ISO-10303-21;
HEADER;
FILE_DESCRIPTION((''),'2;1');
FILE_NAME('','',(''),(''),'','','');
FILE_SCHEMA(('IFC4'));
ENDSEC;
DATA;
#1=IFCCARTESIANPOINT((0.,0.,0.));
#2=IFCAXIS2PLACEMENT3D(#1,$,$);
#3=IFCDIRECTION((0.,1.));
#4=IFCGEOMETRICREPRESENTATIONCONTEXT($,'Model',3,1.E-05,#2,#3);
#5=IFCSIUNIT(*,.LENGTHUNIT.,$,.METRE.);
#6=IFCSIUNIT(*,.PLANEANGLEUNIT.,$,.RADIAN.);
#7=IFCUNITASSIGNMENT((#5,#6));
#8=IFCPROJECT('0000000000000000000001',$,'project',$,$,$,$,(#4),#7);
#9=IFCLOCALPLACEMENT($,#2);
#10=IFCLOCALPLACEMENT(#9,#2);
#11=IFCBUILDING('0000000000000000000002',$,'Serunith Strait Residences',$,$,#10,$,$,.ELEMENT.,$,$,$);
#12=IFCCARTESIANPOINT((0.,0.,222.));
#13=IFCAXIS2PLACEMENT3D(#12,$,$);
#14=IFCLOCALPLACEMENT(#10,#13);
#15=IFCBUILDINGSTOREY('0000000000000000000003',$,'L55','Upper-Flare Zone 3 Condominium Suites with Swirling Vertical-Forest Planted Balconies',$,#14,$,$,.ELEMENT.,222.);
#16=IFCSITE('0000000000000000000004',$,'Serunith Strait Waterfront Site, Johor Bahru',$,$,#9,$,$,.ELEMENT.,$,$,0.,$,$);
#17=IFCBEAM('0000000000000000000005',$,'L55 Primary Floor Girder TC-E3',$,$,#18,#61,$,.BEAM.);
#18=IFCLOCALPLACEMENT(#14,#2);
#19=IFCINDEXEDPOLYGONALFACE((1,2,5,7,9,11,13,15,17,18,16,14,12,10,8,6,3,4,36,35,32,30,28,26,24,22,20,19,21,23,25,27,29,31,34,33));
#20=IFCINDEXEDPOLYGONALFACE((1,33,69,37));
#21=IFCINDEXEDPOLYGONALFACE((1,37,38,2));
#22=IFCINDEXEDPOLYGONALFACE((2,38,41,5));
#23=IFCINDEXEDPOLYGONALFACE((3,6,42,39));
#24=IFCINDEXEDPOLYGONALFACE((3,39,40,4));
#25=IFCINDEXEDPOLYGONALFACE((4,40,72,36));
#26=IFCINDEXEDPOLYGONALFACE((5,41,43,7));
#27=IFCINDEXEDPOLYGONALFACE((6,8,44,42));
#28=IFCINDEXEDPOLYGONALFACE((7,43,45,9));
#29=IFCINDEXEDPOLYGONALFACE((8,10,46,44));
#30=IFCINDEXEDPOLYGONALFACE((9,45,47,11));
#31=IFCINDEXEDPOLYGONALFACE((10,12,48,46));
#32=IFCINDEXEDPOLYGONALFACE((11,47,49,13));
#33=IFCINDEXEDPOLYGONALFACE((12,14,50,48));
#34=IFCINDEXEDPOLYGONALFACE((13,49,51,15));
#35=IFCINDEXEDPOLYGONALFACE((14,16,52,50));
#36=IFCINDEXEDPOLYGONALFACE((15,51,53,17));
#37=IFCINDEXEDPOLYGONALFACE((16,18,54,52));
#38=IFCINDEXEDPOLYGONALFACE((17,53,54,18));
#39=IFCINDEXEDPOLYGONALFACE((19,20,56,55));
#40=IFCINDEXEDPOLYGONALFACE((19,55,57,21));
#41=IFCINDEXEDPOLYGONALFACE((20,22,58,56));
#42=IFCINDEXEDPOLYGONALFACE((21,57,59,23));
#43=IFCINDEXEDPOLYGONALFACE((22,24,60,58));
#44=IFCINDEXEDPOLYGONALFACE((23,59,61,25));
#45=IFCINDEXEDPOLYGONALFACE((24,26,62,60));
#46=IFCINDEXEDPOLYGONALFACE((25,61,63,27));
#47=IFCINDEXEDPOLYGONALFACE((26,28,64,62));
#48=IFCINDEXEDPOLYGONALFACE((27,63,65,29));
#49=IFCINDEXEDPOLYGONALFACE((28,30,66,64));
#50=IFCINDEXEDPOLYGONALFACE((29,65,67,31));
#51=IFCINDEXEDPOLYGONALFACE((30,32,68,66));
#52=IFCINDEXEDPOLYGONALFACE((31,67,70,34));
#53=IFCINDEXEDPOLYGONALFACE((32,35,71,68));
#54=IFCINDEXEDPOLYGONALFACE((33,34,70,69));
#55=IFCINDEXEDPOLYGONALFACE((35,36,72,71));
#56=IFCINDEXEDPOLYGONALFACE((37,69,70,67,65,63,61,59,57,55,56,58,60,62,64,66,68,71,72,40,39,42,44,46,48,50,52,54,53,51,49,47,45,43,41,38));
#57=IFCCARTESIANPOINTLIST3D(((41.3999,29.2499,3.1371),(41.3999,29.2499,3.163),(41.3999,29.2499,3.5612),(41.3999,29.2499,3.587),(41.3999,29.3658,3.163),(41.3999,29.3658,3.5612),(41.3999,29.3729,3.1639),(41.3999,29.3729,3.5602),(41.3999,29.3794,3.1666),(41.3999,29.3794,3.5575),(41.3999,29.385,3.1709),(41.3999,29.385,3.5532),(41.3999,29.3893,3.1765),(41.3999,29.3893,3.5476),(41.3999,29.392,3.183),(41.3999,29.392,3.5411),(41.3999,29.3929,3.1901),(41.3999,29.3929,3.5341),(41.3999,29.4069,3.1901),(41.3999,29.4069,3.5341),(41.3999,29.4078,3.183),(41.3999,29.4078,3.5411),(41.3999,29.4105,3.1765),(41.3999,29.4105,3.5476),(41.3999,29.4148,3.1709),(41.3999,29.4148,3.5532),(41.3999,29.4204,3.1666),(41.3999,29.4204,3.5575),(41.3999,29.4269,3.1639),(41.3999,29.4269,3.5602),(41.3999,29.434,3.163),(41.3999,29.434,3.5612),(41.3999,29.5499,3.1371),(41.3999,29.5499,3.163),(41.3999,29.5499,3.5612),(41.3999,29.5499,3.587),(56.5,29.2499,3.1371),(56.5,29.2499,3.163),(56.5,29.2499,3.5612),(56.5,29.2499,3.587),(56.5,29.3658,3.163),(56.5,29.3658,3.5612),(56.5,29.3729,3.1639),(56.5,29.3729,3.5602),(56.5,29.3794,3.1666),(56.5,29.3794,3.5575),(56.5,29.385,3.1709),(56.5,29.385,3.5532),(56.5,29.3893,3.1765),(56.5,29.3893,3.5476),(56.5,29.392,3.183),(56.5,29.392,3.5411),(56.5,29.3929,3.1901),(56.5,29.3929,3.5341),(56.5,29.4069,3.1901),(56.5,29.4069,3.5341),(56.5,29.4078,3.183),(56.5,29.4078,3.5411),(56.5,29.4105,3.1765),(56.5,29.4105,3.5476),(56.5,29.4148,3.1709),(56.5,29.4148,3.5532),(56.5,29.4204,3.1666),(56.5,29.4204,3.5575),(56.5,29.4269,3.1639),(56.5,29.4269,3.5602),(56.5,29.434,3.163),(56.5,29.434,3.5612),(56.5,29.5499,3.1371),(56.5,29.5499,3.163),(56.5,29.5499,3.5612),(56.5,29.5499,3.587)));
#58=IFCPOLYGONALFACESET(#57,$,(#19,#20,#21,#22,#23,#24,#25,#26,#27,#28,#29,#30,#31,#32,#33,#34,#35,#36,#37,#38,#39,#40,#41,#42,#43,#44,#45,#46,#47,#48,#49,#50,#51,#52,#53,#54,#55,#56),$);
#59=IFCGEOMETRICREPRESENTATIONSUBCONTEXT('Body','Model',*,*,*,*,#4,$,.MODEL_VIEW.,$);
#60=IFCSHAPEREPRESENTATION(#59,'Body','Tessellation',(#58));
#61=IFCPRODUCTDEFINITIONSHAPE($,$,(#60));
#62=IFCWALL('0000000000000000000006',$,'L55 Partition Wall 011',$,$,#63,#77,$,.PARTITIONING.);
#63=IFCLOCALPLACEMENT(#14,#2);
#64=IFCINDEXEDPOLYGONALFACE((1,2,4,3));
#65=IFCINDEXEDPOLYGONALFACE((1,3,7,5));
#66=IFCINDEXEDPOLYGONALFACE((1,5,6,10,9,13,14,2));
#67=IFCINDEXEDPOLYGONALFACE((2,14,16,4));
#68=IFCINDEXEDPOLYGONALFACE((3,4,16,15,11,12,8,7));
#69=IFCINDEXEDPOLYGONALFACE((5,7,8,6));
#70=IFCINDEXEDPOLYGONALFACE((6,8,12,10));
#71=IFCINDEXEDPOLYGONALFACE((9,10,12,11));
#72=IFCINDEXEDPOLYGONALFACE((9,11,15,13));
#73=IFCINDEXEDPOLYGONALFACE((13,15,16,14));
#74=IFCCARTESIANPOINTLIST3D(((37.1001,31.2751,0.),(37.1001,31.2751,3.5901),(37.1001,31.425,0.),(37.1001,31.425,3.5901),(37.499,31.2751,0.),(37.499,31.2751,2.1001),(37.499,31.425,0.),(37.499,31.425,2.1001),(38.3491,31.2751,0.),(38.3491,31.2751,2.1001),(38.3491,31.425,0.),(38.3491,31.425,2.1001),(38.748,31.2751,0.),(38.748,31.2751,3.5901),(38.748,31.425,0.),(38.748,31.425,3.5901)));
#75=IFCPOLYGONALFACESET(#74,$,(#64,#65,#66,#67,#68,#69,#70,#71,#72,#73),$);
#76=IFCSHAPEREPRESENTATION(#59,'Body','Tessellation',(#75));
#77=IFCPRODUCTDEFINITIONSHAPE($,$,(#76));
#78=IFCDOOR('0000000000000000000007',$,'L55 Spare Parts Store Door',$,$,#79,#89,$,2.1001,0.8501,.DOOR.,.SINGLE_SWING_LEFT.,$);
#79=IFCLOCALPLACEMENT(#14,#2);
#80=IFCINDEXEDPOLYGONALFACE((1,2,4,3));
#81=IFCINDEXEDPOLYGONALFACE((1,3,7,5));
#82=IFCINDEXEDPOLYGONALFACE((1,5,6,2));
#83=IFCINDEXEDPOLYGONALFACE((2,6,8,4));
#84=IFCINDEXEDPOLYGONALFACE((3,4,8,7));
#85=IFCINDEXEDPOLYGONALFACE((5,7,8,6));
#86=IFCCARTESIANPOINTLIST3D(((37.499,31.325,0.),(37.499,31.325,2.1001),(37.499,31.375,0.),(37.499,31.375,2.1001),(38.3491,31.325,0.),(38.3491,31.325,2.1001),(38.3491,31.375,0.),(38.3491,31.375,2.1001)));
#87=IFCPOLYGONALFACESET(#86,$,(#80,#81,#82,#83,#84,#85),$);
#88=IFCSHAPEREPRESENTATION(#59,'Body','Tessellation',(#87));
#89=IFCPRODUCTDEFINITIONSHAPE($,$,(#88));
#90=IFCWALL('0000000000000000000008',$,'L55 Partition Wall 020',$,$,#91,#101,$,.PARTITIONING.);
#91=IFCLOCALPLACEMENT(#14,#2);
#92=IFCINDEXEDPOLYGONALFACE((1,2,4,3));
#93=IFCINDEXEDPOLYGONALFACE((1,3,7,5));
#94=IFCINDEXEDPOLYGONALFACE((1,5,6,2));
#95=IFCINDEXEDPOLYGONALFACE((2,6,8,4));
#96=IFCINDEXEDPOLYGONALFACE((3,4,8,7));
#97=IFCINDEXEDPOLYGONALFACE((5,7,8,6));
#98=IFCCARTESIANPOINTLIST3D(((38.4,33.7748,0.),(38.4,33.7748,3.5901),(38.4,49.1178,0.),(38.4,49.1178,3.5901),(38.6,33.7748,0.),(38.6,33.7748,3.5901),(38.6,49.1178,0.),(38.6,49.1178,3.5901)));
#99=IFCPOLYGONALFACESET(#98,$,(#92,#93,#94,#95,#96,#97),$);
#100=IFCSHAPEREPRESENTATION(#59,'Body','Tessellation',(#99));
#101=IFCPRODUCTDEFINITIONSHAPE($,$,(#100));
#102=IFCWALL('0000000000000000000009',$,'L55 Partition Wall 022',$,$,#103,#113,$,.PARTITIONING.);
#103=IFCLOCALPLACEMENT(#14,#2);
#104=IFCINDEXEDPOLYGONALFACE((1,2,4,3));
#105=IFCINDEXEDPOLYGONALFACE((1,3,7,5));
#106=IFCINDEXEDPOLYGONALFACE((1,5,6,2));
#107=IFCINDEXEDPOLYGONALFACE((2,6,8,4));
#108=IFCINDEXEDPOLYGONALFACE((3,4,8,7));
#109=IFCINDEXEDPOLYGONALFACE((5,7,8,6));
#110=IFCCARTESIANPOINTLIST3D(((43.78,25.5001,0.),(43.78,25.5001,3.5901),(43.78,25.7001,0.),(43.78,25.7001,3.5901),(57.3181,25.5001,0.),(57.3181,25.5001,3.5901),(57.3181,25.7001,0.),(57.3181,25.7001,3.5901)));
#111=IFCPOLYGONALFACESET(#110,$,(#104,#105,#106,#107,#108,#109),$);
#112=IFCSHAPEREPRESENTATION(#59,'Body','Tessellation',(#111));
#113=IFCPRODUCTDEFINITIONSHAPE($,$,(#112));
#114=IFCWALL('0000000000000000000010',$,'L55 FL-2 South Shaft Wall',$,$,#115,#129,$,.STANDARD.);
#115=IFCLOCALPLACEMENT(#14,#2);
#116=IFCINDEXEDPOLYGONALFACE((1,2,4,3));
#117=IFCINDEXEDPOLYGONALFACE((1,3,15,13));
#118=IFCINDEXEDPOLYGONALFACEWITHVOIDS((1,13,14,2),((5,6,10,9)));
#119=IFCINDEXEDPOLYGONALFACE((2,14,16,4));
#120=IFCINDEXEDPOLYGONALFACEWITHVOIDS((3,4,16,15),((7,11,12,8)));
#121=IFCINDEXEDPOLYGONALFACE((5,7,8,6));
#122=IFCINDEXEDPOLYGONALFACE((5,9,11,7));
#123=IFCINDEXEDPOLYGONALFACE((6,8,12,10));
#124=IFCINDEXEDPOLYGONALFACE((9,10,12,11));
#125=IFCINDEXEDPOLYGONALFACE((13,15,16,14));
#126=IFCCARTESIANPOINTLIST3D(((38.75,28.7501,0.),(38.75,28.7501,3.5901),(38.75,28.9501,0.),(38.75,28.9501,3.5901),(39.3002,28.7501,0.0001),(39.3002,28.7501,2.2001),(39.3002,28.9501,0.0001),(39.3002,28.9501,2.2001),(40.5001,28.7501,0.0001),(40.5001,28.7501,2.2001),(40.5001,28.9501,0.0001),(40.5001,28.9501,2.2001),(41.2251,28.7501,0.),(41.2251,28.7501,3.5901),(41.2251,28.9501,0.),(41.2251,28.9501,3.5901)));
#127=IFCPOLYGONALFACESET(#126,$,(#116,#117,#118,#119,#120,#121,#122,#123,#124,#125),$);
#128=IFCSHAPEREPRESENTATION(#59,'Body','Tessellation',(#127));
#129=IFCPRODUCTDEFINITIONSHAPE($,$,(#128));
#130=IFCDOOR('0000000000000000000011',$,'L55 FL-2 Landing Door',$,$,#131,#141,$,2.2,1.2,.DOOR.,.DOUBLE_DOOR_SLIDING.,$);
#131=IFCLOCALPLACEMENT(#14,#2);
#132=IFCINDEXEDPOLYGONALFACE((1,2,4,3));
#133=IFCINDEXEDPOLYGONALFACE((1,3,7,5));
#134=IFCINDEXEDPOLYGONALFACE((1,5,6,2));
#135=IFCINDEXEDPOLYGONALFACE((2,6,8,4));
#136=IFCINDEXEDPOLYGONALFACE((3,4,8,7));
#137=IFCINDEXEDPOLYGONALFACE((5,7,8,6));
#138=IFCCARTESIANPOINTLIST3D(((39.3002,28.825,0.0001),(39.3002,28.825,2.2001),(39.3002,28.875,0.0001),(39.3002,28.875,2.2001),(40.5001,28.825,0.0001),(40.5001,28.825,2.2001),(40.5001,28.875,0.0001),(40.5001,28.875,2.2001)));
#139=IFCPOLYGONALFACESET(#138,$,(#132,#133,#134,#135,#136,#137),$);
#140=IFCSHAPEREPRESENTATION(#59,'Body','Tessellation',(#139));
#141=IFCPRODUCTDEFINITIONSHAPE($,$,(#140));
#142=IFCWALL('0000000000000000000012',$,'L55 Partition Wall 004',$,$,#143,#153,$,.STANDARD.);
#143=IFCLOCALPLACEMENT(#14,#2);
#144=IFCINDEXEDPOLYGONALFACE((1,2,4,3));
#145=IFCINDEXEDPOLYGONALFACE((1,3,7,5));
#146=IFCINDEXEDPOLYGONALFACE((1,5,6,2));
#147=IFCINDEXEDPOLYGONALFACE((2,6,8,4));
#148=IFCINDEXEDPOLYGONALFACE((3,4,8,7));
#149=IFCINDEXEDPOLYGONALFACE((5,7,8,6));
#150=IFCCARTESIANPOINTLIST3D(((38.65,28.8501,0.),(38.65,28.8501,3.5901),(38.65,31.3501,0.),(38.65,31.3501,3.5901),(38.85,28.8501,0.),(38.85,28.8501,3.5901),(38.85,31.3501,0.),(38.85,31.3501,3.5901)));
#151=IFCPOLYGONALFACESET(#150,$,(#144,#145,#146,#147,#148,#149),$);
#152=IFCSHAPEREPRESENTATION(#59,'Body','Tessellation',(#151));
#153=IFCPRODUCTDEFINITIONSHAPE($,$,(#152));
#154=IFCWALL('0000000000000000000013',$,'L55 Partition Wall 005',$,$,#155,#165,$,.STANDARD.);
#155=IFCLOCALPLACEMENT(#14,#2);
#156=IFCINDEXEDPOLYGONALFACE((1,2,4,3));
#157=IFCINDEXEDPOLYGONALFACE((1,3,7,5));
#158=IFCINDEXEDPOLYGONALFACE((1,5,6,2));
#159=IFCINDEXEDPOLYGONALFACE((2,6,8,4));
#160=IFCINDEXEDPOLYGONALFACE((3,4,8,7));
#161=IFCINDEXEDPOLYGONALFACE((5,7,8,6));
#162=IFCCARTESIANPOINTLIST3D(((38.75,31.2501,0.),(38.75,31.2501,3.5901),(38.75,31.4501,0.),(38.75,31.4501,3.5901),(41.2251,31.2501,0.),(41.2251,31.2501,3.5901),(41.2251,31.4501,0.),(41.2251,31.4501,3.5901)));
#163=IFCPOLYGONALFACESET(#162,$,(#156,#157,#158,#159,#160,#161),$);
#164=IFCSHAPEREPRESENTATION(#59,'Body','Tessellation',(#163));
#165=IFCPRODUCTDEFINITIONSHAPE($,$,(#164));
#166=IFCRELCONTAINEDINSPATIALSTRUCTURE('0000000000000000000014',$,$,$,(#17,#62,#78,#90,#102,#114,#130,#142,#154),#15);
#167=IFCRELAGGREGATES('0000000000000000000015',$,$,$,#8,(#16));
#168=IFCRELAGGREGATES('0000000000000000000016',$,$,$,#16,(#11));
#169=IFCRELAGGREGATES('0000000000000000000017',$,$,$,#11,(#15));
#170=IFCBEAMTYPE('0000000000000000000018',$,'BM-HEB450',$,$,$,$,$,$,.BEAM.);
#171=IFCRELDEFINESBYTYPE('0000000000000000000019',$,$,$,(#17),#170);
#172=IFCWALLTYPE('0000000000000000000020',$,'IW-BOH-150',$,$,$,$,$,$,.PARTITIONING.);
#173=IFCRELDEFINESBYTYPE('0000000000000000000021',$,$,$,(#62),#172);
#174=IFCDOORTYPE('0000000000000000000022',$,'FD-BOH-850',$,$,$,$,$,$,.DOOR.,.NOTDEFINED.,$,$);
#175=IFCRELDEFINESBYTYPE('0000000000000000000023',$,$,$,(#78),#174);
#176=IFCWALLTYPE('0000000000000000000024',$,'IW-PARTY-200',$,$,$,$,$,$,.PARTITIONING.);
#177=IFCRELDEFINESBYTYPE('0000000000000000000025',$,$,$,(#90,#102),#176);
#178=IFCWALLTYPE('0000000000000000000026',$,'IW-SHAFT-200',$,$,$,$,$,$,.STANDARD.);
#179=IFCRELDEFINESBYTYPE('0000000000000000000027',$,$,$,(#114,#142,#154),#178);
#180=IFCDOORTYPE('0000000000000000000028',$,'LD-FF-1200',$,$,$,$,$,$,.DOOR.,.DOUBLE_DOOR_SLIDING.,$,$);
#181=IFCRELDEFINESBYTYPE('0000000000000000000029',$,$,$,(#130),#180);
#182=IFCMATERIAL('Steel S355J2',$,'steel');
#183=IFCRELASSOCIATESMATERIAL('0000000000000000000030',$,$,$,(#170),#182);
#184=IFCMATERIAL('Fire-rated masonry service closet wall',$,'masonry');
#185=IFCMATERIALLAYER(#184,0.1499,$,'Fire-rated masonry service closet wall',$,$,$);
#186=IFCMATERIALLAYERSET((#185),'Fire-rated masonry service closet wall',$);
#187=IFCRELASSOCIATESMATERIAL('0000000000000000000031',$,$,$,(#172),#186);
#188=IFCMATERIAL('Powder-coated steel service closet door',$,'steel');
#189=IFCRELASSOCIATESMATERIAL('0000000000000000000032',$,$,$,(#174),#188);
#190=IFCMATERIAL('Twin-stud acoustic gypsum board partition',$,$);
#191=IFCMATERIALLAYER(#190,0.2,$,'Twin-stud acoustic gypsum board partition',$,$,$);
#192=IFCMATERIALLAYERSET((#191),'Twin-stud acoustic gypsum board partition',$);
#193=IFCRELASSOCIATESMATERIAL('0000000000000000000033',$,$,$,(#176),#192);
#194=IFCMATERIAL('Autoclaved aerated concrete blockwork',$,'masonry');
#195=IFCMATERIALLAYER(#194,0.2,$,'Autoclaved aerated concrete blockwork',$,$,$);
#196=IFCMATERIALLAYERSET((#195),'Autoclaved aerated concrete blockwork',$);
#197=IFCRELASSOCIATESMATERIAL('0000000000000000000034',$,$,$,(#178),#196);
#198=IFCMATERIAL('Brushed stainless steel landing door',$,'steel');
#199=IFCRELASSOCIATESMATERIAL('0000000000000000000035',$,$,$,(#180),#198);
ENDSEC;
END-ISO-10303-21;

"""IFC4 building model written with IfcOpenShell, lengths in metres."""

from ifc_helpers import new_model, si_unit, direction, frame, frame_2d, origin, origin_2d, place, context, subcontext, project, spatial, rectangle, i_section, extrude, source, transform, mapped, material, layer, layer_set, material_profile, profile_set, type_object, element, fill, save


model = new_model("IFC4")

# Units and contexts
model_context = context("Model", 3, precision=1e-05, world=origin(), true_north=direction((0.0, 1.0)))
body_context = subcontext(model_context, "Body", "Model", "MODEL_VIEW")
ifc_project = project(units=[si_unit("LENGTHUNIT", "METRE"), si_unit("PLANEANGLEUNIT", "RADIAN")], contexts=[model_context])

# Site, building, storey
site_placement = place(None, origin())
site = spatial("IfcSite", under=ifc_project, at=site_placement, Name="Serunith Strait Waterfront Site, Johor Bahru", CompositionType="ELEMENT", RefElevation=0.0)
building_placement = place(site_placement, origin())
building = spatial("IfcBuilding", under=site, at=building_placement, Name="Serunith Strait Residences", CompositionType="ELEMENT")
storey_placement = place(building_placement, frame((0.0, 0.0, 222.0)))
storey = spatial("IfcBuildingStorey", under=building, at=storey_placement, Name="L55", Description="Upper-Flare Zone 3 Condominium Suites with Swirling Vertical-Forest Planted Balconies", CompositionType="ELEMENT", Elevation=222.0)

# Beam
ifc_material_1 = material(Name="Steel S355J2", Category="steel")
ifc_material_profile = material_profile(ifc_material_1, i_section(OverallWidth=0.3, OverallDepth=0.45, WebThickness=0.0139, FlangeThickness=0.0259, FilletRadius=0.0271, at=origin_2d()), Name="HEB 450")
ifc_profile_set = profile_set([ifc_material_profile], Name="Steel S355J2")
beam_type = type_object("IfcBeamType", Name="BM-HEB450", PredefinedType="BEAM", material=ifc_profile_set)
shared_shape_1 = source(origin(), body_context, "Body", "SweptSolid", [
    extrude(i_section(OverallWidth=0.3, OverallDepth=0.45, WebThickness=0.0139, FlangeThickness=0.0259, FilletRadius=0.0271, at=origin_2d()), origin(), (0.0, 0.0, 1.0), 15.1001),
])
beam_placement = place(storey_placement, frame((41.3999, 29.3999, 3.3621), z_axis=(1.0, 0.0, 0.0), x_axis=(0.0, 1.0, 0.0)))
element("IfcBeam", 1, at=beam_placement, inside=storey, type_object=beam_type, Name="L55 Primary Floor Girder TC-E3", PredefinedType="BEAM", context=body_context, shape_type="MappedRepresentation", body=[
    mapped(shared_shape_1, transform((0.0, 0.0, 0.0), scale=1.0)),
])

# Wall, opening, door
ifc_material_2 = material(Name="Fire-rated masonry service closet wall", Category="masonry")
ifc_layer_1 = layer(ifc_material_2, 0.1499, Name="Fire-rated masonry service closet wall")
ifc_layer_set_1 = layer_set([ifc_layer_1], Name="Fire-rated masonry service closet wall")
wall_type_1 = type_object("IfcWallType", Name="IW-BOH-150", PredefinedType="PARTITIONING", material=ifc_layer_set_1)
wall_1_placement = place(storey_placement, frame((37.1001, 31.3501, 0.0), z_axis=(0.0, 0.0, 1.0), x_axis=(1.0, 0.0, 0.0)))
wall_1 = element("IfcWall", 2, at=wall_1_placement, inside=storey, type_object=wall_type_1, Name="L55 Partition Wall 011", PredefinedType="PARTITIONING", context=body_context, shape_type="SweptSolid", body=[
    extrude(rectangle(XDim=1.6479, YDim=0.1499, at=frame_2d((0.824, 0.0))), origin(), (0.0, 0.0, 1.0), 3.5901),
])
opening_1_placement = place(wall_1_placement, frame((0.3989, 0.0, 0.0)))
opening_1 = element("IfcOpeningElement", 3, at=opening_1_placement, cuts=wall_1, PredefinedType="OPENING", context=body_context, shape_type="SweptSolid", body=[
    extrude(rectangle(XDim=0.8501, YDim=2.1001, at=frame_2d((0.425, 1.05))), frame((0.0, 0.085, 0.0), z_axis=(0.0, -1.0, 0.0), x_axis=(1.0, 0.0, 0.0)), (0.0, 0.0, 1.0), 0.1699),
])
ifc_material_3 = material(Name="Powder-coated steel service closet door", Category="steel")
door_type_1 = type_object("IfcDoorType", Name="FD-BOH-850", OperationType="NOTDEFINED", PredefinedType="DOOR", material=ifc_material_3)
shared_shape_2 = source(origin(), body_context, "Body", "SweptSolid", [
    extrude(rectangle(XDim=0.8501, YDim=2.1001, at=frame_2d((0.425, 1.05))), frame((0.0, 0.0249, 0.0), z_axis=(0.0, -1.0, 0.0), x_axis=(1.0, 0.0, 0.0)), (0.0, 0.0, 1.0), 0.05),
])
door_1_placement = place(opening_1_placement, origin())
door_1 = element("IfcDoor", 4, at=door_1_placement, inside=storey, type_object=door_type_1, Name="L55 Spare Parts Store Door", OperationType="SINGLE_SWING_LEFT", OverallHeight=2.1001, OverallWidth=0.8501, PredefinedType="DOOR", context=body_context, shape_type="MappedRepresentation", body=[
    mapped(shared_shape_2, transform((0.0, 0.0, 0.0), scale=1.0)),
])
fill(opening_1, door_1)

# Walls
ifc_material_4 = material(Name="Twin-stud acoustic gypsum board partition")
ifc_layer_2 = layer(ifc_material_4, 0.2, Name="Twin-stud acoustic gypsum board partition")
ifc_layer_set_2 = layer_set([ifc_layer_2], Name="Twin-stud acoustic gypsum board partition")
wall_type_2 = type_object("IfcWallType", Name="IW-PARTY-200", PredefinedType="PARTITIONING", material=ifc_layer_set_2)
wall_2_placement = place(storey_placement, frame((38.5, 33.7749, 0.0), z_axis=(0.0, 0.0, 1.0), x_axis=(0.0, 1.0, 0.0)))
element("IfcWall", 5, at=wall_2_placement, inside=storey, type_object=wall_type_2, Name="L55 Partition Wall 020", PredefinedType="PARTITIONING", context=body_context, shape_type="SweptSolid", body=[
    extrude(rectangle(XDim=15.343, YDim=0.2, at=frame_2d((7.6714, 0.0))), origin(), (0.0, 0.0, 1.0), 3.5901),
])
wall_3_placement = place(storey_placement, frame((43.78, 25.6001, 0.0), z_axis=(0.0, 0.0, 1.0), x_axis=(1.0, 0.0, 0.0)))
element("IfcWall", 6, at=wall_3_placement, inside=storey, type_object=wall_type_2, Name="L55 Partition Wall 022", PredefinedType="PARTITIONING", context=body_context, shape_type="SweptSolid", body=[
    extrude(rectangle(XDim=13.5381, YDim=0.2, at=frame_2d((6.769, 0.0))), origin(), (0.0, 0.0, 1.0), 3.5901),
])

# Wall, opening, door
ifc_material_5 = material(Name="Autoclaved aerated concrete blockwork", Category="masonry")
ifc_layer_3 = layer(ifc_material_5, 0.2, Name="Autoclaved aerated concrete blockwork")
ifc_layer_set_3 = layer_set([ifc_layer_3], Name="Autoclaved aerated concrete blockwork")
wall_type_3 = type_object("IfcWallType", Name="IW-SHAFT-200", PredefinedType="STANDARD", material=ifc_layer_set_3)
wall_4_placement = place(storey_placement, frame((38.75, 28.8501, 0.0), z_axis=(0.0, 0.0, 1.0), x_axis=(1.0, 0.0, 0.0)))
wall_4 = element("IfcWall", 7, at=wall_4_placement, inside=storey, type_object=wall_type_3, Name="L55 FL-2 South Shaft Wall", PredefinedType="STANDARD", context=body_context, shape_type="SweptSolid", body=[
    extrude(rectangle(XDim=2.4751, YDim=0.2, at=frame_2d((1.2375, 0.0))), origin(), (0.0, 0.0, 1.0), 3.5901),
])
opening_2_placement = place(wall_4_placement, frame((0.55, 0.0, 0.0)))
opening_2 = element("IfcOpeningElement", 8, at=opening_2_placement, cuts=wall_4, PredefinedType="OPENING", context=body_context, shape_type="SweptSolid", body=[
    extrude(rectangle(XDim=1.2, YDim=2.2, at=frame_2d((0.6001, 1.1001))), frame((0.0, 0.1099, 0.0), z_axis=(0.0, -1.0, 0.0), x_axis=(1.0, 0.0, 0.0)), (0.0, 0.0, 1.0), 0.22),
])
ifc_material_6 = material(Name="Brushed stainless steel landing door", Category="steel")
door_type_2 = type_object("IfcDoorType", Name="LD-FF-1200", OperationType="DOUBLE_DOOR_SLIDING", PredefinedType="DOOR", material=ifc_material_6)
shared_shape_3 = source(origin(), body_context, "Body", "SweptSolid", [
    extrude(rectangle(XDim=1.2, YDim=2.2, at=frame_2d((0.6001, 1.1001))), frame((0.0, 0.0249, 0.0), z_axis=(0.0, -1.0, 0.0), x_axis=(1.0, 0.0, 0.0)), (0.0, 0.0, 1.0), 0.05),
])
door_2_placement = place(opening_2_placement, origin())
door_2 = element("IfcDoor", 9, at=door_2_placement, inside=storey, type_object=door_type_2, Name="L55 FL-2 Landing Door", OperationType="DOUBLE_DOOR_SLIDING", OverallHeight=2.2, OverallWidth=1.2, PredefinedType="DOOR", context=body_context, shape_type="MappedRepresentation", body=[
    mapped(shared_shape_3, transform((0.0, 0.0, 0.0), scale=1.0)),
])
fill(opening_2, door_2)

# Walls
wall_5_placement = place(storey_placement, frame((38.75, 28.8501, 0.0), z_axis=(0.0, 0.0, 1.0), x_axis=(0.0, 1.0, 0.0)))
element("IfcWall", 10, at=wall_5_placement, inside=storey, type_object=wall_type_3, Name="L55 Partition Wall 004", PredefinedType="STANDARD", context=body_context, shape_type="SweptSolid", body=[
    extrude(rectangle(XDim=2.5, YDim=0.2, at=frame_2d((1.25, 0.0))), origin(), (0.0, 0.0, 1.0), 3.5901),
])
wall_6_placement = place(storey_placement, frame((38.75, 31.3501, 0.0), z_axis=(0.0, 0.0, 1.0), x_axis=(1.0, 0.0, 0.0)))
element("IfcWall", 11, at=wall_6_placement, inside=storey, type_object=wall_type_3, Name="L55 Partition Wall 005", PredefinedType="STANDARD", context=body_context, shape_type="SweptSolid", body=[
    extrude(rectangle(XDim=2.4751, YDim=0.2, at=frame_2d((1.2375, 0.0))), origin(), (0.0, 0.0, 1.0), 3.5901),
])

save(model, "model.ifc")
